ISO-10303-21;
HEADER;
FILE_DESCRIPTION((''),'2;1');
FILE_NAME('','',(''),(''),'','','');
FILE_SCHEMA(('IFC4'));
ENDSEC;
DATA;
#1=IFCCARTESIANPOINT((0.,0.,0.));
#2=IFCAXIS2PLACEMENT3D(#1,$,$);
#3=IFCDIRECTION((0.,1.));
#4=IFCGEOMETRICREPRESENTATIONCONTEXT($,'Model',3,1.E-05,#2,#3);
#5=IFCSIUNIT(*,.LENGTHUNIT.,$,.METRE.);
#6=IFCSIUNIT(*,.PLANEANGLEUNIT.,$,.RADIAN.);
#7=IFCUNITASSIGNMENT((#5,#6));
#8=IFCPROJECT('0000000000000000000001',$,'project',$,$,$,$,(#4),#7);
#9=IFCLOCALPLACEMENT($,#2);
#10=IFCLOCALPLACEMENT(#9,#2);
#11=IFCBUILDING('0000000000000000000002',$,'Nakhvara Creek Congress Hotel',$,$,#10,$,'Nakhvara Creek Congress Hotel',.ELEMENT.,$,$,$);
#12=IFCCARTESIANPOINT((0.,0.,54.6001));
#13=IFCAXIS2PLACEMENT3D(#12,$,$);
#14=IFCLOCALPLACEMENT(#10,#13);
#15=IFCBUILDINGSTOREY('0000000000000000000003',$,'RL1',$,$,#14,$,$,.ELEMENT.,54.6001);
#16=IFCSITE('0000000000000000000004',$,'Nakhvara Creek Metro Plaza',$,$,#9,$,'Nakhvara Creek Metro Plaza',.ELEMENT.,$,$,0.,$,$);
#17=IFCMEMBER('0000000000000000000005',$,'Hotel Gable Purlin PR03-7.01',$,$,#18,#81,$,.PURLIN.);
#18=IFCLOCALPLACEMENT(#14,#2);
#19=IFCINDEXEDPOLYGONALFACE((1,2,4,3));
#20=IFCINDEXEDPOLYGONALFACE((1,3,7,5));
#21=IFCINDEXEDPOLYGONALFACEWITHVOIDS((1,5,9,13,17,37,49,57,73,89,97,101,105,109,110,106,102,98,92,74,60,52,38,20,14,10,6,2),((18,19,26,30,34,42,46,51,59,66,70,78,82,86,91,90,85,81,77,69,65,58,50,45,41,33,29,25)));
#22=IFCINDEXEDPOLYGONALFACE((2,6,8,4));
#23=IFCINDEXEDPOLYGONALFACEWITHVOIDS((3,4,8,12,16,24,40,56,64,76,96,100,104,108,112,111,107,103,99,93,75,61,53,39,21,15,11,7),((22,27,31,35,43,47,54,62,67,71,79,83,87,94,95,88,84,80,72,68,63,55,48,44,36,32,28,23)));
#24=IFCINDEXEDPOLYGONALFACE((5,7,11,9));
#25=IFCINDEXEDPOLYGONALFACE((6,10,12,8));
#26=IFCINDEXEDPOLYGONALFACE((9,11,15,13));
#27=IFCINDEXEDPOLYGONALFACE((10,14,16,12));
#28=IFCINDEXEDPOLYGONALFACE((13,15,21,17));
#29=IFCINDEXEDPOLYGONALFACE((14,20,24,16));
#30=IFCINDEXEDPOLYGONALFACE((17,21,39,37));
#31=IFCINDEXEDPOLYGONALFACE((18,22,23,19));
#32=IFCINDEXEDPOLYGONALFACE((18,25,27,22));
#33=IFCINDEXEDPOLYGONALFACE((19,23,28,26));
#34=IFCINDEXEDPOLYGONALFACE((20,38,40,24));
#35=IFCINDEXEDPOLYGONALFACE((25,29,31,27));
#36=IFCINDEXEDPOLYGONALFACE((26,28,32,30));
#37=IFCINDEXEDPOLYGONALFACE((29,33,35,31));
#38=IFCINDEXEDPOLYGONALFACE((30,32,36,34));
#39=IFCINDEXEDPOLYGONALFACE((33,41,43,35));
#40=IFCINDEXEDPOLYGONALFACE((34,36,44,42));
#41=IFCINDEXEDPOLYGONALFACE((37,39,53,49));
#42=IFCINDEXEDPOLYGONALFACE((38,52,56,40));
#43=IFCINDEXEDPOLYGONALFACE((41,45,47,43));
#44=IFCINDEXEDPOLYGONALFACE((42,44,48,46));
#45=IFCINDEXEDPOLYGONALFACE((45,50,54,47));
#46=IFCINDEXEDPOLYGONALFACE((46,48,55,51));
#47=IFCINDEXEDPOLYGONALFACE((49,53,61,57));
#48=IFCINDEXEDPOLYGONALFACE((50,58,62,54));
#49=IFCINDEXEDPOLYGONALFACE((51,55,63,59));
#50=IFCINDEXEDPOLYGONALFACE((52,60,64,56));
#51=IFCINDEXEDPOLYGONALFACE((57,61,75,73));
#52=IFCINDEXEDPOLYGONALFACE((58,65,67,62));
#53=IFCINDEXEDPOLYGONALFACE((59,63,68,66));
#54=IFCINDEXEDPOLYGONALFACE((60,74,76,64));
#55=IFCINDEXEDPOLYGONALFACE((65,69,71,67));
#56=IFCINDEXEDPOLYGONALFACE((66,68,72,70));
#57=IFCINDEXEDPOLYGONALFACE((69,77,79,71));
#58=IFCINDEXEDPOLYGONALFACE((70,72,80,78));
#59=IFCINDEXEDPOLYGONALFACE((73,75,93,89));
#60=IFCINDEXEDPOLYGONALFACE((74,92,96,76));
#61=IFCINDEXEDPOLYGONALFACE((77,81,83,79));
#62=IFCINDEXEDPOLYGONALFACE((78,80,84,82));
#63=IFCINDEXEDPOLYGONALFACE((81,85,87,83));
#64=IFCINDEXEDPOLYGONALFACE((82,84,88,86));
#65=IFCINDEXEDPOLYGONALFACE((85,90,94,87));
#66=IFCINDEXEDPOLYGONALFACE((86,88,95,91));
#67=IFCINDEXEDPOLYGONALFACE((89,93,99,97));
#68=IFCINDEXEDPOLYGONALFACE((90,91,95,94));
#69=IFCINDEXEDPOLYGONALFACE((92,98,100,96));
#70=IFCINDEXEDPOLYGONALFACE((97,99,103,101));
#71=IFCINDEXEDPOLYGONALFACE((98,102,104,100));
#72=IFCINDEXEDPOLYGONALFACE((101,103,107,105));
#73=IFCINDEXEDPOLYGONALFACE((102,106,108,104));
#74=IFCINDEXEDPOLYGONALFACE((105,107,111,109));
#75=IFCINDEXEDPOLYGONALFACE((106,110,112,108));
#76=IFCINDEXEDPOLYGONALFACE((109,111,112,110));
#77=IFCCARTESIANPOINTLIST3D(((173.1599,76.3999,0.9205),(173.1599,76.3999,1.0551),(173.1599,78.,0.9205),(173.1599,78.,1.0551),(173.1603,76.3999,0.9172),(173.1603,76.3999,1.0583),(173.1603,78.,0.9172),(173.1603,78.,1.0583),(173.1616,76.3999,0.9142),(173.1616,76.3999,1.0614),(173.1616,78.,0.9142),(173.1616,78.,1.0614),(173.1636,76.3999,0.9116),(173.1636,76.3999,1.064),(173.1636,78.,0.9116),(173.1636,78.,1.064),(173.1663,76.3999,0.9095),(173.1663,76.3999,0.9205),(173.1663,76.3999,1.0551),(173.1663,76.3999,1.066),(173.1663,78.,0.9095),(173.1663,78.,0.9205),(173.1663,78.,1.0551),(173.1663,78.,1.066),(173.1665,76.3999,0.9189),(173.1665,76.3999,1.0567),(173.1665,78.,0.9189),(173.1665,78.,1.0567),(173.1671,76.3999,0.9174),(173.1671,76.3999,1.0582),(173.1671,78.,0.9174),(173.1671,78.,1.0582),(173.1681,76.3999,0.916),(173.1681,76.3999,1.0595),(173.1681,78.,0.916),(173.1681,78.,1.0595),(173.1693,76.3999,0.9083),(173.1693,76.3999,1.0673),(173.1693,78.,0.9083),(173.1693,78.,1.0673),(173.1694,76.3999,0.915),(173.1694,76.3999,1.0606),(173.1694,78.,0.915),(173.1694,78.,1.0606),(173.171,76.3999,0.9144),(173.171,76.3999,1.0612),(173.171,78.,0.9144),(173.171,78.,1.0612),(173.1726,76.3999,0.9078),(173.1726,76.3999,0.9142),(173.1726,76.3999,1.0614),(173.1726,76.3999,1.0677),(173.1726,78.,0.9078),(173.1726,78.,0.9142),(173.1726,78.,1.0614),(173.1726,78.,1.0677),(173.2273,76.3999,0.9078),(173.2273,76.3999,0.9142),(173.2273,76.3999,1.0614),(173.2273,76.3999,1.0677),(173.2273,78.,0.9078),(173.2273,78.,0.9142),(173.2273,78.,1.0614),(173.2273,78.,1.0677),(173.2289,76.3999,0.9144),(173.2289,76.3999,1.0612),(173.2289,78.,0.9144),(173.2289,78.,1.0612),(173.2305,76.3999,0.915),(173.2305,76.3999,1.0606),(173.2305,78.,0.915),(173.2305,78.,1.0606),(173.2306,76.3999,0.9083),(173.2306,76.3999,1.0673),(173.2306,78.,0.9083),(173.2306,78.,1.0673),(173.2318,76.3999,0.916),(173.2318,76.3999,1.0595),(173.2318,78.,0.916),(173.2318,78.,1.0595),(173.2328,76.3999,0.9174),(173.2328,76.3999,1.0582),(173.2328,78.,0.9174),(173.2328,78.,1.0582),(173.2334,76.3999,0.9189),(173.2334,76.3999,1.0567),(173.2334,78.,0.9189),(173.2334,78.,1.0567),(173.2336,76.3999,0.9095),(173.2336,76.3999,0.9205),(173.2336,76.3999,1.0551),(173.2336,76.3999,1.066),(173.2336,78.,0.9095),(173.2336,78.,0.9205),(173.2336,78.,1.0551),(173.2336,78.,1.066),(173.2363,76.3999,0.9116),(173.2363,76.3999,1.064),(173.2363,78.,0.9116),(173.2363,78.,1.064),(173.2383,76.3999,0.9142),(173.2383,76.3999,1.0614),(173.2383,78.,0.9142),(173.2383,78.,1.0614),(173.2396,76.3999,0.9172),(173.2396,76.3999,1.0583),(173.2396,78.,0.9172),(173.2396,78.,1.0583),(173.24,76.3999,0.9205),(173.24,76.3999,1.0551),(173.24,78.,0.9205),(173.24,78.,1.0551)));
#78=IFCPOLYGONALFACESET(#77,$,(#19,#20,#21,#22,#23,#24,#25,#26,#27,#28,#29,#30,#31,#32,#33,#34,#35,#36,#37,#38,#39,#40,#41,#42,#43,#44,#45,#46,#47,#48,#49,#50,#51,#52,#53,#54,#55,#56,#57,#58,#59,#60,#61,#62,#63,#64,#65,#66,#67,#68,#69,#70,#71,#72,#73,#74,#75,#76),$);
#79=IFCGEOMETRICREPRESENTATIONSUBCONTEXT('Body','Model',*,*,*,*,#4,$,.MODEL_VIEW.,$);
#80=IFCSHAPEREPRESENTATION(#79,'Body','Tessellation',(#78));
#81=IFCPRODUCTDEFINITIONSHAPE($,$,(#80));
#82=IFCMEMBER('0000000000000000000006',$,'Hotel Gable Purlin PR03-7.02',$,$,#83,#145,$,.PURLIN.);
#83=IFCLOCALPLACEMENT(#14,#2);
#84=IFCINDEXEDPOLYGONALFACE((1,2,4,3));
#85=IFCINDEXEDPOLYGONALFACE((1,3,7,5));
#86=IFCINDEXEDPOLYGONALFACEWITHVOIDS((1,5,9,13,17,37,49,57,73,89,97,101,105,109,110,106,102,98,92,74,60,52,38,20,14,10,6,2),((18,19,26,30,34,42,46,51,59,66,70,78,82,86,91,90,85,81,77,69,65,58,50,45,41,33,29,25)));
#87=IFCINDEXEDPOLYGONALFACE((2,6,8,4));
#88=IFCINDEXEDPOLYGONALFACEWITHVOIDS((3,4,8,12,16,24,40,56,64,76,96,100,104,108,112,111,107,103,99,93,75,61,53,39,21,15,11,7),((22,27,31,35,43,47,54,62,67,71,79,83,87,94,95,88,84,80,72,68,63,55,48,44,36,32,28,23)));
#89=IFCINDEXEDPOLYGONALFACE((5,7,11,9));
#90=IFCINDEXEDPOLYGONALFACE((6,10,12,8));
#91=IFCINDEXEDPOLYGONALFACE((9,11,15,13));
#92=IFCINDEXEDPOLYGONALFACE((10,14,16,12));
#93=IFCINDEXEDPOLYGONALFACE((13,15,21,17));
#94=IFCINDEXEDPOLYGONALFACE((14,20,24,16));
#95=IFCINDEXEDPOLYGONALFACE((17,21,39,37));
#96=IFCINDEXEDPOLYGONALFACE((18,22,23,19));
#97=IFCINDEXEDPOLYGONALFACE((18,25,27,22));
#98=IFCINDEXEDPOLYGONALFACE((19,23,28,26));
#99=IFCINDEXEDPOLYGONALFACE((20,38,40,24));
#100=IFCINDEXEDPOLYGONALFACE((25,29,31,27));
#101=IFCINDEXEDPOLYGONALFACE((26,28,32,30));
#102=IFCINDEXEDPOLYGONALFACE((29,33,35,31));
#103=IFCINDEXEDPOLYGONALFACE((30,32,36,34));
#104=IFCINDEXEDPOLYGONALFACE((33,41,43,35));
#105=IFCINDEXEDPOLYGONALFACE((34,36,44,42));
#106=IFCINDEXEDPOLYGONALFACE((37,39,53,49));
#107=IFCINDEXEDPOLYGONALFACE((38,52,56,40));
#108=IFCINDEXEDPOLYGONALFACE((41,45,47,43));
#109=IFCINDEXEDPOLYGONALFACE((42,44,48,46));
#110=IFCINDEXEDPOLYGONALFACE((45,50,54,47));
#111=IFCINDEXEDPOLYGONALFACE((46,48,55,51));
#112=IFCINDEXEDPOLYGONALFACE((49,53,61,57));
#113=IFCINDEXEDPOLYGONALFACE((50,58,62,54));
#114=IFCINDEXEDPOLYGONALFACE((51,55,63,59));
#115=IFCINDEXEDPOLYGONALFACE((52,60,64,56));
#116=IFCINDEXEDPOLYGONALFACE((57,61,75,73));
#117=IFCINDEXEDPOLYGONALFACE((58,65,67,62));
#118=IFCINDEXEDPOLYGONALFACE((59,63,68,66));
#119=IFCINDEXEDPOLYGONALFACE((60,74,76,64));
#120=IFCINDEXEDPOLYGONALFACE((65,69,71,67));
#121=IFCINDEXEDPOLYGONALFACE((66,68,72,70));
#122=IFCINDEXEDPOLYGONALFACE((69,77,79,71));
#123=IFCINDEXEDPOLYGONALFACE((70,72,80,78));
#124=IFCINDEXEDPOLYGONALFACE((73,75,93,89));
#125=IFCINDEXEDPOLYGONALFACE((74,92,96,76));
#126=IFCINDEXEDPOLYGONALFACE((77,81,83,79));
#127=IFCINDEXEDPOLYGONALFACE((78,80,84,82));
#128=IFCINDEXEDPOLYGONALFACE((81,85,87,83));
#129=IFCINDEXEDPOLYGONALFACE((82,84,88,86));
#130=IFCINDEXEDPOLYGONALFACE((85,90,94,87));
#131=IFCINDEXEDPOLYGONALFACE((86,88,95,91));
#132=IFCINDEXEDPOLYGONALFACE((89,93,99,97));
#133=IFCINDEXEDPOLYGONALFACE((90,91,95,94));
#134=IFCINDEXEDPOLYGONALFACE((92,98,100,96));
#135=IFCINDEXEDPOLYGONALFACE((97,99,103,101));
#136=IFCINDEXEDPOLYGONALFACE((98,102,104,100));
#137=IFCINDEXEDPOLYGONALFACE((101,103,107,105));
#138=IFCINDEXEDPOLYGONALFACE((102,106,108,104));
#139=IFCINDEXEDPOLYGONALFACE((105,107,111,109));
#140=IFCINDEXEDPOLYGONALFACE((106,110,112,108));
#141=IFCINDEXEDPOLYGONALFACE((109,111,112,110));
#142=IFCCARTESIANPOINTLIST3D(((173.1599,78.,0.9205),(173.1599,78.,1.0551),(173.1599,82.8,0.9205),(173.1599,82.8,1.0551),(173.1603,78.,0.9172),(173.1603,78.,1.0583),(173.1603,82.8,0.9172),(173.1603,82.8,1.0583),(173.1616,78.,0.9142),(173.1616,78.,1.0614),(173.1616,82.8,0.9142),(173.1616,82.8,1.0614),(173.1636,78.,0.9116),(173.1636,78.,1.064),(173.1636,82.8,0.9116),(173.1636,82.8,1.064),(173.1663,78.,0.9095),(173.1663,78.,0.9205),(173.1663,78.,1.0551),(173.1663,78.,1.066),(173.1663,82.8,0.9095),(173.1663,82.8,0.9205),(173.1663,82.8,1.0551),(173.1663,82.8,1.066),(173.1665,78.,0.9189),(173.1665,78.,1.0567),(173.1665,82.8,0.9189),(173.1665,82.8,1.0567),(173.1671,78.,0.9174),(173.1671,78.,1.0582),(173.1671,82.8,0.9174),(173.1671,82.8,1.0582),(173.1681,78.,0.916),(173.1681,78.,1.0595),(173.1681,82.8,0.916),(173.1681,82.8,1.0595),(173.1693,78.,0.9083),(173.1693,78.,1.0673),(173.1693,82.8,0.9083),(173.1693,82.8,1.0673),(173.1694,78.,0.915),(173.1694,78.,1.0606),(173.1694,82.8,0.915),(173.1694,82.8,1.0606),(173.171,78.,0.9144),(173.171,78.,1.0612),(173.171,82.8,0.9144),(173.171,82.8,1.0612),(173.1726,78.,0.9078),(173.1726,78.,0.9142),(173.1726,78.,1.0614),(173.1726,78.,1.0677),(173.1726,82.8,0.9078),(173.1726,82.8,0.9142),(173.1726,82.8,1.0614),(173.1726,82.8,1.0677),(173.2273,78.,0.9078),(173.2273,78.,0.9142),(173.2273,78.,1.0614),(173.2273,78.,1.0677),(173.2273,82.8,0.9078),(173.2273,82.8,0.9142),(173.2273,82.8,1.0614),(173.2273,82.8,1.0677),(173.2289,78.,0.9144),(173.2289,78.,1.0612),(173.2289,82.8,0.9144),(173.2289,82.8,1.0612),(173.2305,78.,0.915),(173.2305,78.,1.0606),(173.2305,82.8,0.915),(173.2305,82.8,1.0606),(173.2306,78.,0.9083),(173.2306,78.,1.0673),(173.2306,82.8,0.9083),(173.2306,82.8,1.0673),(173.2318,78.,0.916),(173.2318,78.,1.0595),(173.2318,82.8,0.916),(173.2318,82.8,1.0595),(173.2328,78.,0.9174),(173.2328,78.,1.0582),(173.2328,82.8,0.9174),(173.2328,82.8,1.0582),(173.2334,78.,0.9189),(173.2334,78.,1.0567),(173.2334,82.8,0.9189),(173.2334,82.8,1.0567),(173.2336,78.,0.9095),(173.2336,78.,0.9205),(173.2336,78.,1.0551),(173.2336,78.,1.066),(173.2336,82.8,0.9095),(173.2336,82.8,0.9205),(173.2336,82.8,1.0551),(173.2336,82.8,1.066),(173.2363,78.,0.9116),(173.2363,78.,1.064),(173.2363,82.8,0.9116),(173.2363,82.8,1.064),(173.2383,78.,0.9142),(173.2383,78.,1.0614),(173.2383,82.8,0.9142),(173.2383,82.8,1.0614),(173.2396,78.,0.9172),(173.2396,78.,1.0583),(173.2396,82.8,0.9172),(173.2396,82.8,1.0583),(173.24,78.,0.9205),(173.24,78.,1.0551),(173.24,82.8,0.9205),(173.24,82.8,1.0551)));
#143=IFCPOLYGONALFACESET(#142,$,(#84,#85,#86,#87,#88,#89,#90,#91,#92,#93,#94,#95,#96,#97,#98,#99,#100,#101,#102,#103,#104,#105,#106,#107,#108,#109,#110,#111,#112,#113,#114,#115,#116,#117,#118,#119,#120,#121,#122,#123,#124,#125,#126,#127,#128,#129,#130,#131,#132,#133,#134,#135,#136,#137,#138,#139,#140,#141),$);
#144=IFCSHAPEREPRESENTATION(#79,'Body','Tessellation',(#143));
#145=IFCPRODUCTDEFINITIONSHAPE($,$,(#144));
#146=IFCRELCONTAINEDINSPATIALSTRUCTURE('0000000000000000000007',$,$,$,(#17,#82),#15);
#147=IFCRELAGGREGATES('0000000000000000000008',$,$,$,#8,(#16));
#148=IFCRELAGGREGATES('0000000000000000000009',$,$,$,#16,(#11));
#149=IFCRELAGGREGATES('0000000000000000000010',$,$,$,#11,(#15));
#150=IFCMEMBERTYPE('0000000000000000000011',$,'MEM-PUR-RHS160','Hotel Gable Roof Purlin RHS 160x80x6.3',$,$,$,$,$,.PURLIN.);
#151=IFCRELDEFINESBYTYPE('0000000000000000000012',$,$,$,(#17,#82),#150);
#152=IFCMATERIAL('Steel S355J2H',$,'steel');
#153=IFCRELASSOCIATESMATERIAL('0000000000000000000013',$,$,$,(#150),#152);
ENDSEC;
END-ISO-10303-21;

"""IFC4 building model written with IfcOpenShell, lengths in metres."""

from ifc_helpers import new_model, si_unit, direction, frame, origin, origin_2d, place, context, subcontext, project, spatial, hollow_rectangle, extrude, material, material_profile, profile_set, type_object, element, save


model = new_model("IFC4")

# Units and contexts
model_context = context("Model", 3, precision=1e-05, world=origin(), true_north=direction((0.0, 1.0)))
body_context = subcontext(model_context, "Body", "Model", "MODEL_VIEW")
ifc_project = project(units=[si_unit("LENGTHUNIT", "METRE"), si_unit("PLANEANGLEUNIT", "RADIAN")], contexts=[model_context])

# Site, building, storey
site_placement = place(None, origin())
site = spatial("IfcSite", under=ifc_project, at=site_placement, Name="Nakhvara Creek Metro Plaza", LongName="Nakhvara Creek Metro Plaza", CompositionType="ELEMENT", RefElevation=0.0)
building_placement = place(site_placement, origin())
building = spatial("IfcBuilding", under=site, at=building_placement, Name="Nakhvara Creek Congress Hotel", LongName="Nakhvara Creek Congress Hotel", CompositionType="ELEMENT")
storey_placement = place(building_placement, frame((0.0, 0.0, 54.6001)))
storey = spatial("IfcBuildingStorey", under=building, at=storey_placement, Name="RL1", CompositionType="ELEMENT", Elevation=54.6001)

# Members
ifc_material_1 = material(Name="Steel S355J2H", Category="steel")
ifc_material_profile_1 = material_profile(ifc_material_1, hollow_rectangle(XDim=0.0801, YDim=0.1599, WallThickness=0.0063, InnerFilletRadius=0.0063, OuterFilletRadius=0.0127, at=origin_2d()), Name="RHS 160x80x6.3", Category="LoadBearing")
ifc_profile_set_1 = profile_set([ifc_material_profile_1], Name="Steel S355J2H")
member_type_1 = type_object("IfcMemberType", Name="MEM-PUR-RHS160", Description="Hotel Gable Roof Purlin RHS 160x80x6.3", PredefinedType="PURLIN", material=ifc_profile_set_1)
member_1_placement = place(storey_placement, frame((173.2, 76.3999, 0.9878), z_axis=(0.0, 1.0, 0.0), x_axis=(-1.0, 0.0, 0.0)))
element("IfcMember", 1, at=member_1_placement, inside=storey, type_object=member_type_1, Name="Hotel Gable Purlin PR03-7.01", PredefinedType="PURLIN", context=body_context, shape_type="SweptSolid", body=[
    extrude(hollow_rectangle(XDim=0.0801, YDim=0.1599, WallThickness=0.0063, InnerFilletRadius=0.0063, OuterFilletRadius=0.0127, at=origin_2d()), origin(), (0.0, 0.0, 1.0), 1.6001),
])
member_2_placement = place(storey_placement, frame((173.2, 78.0, 0.9878), z_axis=(0.0, 1.0, 0.0), x_axis=(-1.0, 0.0, 0.0)))
element("IfcMember", 2, at=member_2_placement, inside=storey, type_object=member_type_1, Name="Hotel Gable Purlin PR03-7.02", PredefinedType="PURLIN", context=body_context, shape_type="SweptSolid", body=[
    extrude(hollow_rectangle(XDim=0.0801, YDim=0.1599, WallThickness=0.0063, InnerFilletRadius=0.0063, OuterFilletRadius=0.0127, at=origin_2d()), origin(), (0.0, 0.0, 1.0), 4.8),
])

save(model, "model.ifc")
